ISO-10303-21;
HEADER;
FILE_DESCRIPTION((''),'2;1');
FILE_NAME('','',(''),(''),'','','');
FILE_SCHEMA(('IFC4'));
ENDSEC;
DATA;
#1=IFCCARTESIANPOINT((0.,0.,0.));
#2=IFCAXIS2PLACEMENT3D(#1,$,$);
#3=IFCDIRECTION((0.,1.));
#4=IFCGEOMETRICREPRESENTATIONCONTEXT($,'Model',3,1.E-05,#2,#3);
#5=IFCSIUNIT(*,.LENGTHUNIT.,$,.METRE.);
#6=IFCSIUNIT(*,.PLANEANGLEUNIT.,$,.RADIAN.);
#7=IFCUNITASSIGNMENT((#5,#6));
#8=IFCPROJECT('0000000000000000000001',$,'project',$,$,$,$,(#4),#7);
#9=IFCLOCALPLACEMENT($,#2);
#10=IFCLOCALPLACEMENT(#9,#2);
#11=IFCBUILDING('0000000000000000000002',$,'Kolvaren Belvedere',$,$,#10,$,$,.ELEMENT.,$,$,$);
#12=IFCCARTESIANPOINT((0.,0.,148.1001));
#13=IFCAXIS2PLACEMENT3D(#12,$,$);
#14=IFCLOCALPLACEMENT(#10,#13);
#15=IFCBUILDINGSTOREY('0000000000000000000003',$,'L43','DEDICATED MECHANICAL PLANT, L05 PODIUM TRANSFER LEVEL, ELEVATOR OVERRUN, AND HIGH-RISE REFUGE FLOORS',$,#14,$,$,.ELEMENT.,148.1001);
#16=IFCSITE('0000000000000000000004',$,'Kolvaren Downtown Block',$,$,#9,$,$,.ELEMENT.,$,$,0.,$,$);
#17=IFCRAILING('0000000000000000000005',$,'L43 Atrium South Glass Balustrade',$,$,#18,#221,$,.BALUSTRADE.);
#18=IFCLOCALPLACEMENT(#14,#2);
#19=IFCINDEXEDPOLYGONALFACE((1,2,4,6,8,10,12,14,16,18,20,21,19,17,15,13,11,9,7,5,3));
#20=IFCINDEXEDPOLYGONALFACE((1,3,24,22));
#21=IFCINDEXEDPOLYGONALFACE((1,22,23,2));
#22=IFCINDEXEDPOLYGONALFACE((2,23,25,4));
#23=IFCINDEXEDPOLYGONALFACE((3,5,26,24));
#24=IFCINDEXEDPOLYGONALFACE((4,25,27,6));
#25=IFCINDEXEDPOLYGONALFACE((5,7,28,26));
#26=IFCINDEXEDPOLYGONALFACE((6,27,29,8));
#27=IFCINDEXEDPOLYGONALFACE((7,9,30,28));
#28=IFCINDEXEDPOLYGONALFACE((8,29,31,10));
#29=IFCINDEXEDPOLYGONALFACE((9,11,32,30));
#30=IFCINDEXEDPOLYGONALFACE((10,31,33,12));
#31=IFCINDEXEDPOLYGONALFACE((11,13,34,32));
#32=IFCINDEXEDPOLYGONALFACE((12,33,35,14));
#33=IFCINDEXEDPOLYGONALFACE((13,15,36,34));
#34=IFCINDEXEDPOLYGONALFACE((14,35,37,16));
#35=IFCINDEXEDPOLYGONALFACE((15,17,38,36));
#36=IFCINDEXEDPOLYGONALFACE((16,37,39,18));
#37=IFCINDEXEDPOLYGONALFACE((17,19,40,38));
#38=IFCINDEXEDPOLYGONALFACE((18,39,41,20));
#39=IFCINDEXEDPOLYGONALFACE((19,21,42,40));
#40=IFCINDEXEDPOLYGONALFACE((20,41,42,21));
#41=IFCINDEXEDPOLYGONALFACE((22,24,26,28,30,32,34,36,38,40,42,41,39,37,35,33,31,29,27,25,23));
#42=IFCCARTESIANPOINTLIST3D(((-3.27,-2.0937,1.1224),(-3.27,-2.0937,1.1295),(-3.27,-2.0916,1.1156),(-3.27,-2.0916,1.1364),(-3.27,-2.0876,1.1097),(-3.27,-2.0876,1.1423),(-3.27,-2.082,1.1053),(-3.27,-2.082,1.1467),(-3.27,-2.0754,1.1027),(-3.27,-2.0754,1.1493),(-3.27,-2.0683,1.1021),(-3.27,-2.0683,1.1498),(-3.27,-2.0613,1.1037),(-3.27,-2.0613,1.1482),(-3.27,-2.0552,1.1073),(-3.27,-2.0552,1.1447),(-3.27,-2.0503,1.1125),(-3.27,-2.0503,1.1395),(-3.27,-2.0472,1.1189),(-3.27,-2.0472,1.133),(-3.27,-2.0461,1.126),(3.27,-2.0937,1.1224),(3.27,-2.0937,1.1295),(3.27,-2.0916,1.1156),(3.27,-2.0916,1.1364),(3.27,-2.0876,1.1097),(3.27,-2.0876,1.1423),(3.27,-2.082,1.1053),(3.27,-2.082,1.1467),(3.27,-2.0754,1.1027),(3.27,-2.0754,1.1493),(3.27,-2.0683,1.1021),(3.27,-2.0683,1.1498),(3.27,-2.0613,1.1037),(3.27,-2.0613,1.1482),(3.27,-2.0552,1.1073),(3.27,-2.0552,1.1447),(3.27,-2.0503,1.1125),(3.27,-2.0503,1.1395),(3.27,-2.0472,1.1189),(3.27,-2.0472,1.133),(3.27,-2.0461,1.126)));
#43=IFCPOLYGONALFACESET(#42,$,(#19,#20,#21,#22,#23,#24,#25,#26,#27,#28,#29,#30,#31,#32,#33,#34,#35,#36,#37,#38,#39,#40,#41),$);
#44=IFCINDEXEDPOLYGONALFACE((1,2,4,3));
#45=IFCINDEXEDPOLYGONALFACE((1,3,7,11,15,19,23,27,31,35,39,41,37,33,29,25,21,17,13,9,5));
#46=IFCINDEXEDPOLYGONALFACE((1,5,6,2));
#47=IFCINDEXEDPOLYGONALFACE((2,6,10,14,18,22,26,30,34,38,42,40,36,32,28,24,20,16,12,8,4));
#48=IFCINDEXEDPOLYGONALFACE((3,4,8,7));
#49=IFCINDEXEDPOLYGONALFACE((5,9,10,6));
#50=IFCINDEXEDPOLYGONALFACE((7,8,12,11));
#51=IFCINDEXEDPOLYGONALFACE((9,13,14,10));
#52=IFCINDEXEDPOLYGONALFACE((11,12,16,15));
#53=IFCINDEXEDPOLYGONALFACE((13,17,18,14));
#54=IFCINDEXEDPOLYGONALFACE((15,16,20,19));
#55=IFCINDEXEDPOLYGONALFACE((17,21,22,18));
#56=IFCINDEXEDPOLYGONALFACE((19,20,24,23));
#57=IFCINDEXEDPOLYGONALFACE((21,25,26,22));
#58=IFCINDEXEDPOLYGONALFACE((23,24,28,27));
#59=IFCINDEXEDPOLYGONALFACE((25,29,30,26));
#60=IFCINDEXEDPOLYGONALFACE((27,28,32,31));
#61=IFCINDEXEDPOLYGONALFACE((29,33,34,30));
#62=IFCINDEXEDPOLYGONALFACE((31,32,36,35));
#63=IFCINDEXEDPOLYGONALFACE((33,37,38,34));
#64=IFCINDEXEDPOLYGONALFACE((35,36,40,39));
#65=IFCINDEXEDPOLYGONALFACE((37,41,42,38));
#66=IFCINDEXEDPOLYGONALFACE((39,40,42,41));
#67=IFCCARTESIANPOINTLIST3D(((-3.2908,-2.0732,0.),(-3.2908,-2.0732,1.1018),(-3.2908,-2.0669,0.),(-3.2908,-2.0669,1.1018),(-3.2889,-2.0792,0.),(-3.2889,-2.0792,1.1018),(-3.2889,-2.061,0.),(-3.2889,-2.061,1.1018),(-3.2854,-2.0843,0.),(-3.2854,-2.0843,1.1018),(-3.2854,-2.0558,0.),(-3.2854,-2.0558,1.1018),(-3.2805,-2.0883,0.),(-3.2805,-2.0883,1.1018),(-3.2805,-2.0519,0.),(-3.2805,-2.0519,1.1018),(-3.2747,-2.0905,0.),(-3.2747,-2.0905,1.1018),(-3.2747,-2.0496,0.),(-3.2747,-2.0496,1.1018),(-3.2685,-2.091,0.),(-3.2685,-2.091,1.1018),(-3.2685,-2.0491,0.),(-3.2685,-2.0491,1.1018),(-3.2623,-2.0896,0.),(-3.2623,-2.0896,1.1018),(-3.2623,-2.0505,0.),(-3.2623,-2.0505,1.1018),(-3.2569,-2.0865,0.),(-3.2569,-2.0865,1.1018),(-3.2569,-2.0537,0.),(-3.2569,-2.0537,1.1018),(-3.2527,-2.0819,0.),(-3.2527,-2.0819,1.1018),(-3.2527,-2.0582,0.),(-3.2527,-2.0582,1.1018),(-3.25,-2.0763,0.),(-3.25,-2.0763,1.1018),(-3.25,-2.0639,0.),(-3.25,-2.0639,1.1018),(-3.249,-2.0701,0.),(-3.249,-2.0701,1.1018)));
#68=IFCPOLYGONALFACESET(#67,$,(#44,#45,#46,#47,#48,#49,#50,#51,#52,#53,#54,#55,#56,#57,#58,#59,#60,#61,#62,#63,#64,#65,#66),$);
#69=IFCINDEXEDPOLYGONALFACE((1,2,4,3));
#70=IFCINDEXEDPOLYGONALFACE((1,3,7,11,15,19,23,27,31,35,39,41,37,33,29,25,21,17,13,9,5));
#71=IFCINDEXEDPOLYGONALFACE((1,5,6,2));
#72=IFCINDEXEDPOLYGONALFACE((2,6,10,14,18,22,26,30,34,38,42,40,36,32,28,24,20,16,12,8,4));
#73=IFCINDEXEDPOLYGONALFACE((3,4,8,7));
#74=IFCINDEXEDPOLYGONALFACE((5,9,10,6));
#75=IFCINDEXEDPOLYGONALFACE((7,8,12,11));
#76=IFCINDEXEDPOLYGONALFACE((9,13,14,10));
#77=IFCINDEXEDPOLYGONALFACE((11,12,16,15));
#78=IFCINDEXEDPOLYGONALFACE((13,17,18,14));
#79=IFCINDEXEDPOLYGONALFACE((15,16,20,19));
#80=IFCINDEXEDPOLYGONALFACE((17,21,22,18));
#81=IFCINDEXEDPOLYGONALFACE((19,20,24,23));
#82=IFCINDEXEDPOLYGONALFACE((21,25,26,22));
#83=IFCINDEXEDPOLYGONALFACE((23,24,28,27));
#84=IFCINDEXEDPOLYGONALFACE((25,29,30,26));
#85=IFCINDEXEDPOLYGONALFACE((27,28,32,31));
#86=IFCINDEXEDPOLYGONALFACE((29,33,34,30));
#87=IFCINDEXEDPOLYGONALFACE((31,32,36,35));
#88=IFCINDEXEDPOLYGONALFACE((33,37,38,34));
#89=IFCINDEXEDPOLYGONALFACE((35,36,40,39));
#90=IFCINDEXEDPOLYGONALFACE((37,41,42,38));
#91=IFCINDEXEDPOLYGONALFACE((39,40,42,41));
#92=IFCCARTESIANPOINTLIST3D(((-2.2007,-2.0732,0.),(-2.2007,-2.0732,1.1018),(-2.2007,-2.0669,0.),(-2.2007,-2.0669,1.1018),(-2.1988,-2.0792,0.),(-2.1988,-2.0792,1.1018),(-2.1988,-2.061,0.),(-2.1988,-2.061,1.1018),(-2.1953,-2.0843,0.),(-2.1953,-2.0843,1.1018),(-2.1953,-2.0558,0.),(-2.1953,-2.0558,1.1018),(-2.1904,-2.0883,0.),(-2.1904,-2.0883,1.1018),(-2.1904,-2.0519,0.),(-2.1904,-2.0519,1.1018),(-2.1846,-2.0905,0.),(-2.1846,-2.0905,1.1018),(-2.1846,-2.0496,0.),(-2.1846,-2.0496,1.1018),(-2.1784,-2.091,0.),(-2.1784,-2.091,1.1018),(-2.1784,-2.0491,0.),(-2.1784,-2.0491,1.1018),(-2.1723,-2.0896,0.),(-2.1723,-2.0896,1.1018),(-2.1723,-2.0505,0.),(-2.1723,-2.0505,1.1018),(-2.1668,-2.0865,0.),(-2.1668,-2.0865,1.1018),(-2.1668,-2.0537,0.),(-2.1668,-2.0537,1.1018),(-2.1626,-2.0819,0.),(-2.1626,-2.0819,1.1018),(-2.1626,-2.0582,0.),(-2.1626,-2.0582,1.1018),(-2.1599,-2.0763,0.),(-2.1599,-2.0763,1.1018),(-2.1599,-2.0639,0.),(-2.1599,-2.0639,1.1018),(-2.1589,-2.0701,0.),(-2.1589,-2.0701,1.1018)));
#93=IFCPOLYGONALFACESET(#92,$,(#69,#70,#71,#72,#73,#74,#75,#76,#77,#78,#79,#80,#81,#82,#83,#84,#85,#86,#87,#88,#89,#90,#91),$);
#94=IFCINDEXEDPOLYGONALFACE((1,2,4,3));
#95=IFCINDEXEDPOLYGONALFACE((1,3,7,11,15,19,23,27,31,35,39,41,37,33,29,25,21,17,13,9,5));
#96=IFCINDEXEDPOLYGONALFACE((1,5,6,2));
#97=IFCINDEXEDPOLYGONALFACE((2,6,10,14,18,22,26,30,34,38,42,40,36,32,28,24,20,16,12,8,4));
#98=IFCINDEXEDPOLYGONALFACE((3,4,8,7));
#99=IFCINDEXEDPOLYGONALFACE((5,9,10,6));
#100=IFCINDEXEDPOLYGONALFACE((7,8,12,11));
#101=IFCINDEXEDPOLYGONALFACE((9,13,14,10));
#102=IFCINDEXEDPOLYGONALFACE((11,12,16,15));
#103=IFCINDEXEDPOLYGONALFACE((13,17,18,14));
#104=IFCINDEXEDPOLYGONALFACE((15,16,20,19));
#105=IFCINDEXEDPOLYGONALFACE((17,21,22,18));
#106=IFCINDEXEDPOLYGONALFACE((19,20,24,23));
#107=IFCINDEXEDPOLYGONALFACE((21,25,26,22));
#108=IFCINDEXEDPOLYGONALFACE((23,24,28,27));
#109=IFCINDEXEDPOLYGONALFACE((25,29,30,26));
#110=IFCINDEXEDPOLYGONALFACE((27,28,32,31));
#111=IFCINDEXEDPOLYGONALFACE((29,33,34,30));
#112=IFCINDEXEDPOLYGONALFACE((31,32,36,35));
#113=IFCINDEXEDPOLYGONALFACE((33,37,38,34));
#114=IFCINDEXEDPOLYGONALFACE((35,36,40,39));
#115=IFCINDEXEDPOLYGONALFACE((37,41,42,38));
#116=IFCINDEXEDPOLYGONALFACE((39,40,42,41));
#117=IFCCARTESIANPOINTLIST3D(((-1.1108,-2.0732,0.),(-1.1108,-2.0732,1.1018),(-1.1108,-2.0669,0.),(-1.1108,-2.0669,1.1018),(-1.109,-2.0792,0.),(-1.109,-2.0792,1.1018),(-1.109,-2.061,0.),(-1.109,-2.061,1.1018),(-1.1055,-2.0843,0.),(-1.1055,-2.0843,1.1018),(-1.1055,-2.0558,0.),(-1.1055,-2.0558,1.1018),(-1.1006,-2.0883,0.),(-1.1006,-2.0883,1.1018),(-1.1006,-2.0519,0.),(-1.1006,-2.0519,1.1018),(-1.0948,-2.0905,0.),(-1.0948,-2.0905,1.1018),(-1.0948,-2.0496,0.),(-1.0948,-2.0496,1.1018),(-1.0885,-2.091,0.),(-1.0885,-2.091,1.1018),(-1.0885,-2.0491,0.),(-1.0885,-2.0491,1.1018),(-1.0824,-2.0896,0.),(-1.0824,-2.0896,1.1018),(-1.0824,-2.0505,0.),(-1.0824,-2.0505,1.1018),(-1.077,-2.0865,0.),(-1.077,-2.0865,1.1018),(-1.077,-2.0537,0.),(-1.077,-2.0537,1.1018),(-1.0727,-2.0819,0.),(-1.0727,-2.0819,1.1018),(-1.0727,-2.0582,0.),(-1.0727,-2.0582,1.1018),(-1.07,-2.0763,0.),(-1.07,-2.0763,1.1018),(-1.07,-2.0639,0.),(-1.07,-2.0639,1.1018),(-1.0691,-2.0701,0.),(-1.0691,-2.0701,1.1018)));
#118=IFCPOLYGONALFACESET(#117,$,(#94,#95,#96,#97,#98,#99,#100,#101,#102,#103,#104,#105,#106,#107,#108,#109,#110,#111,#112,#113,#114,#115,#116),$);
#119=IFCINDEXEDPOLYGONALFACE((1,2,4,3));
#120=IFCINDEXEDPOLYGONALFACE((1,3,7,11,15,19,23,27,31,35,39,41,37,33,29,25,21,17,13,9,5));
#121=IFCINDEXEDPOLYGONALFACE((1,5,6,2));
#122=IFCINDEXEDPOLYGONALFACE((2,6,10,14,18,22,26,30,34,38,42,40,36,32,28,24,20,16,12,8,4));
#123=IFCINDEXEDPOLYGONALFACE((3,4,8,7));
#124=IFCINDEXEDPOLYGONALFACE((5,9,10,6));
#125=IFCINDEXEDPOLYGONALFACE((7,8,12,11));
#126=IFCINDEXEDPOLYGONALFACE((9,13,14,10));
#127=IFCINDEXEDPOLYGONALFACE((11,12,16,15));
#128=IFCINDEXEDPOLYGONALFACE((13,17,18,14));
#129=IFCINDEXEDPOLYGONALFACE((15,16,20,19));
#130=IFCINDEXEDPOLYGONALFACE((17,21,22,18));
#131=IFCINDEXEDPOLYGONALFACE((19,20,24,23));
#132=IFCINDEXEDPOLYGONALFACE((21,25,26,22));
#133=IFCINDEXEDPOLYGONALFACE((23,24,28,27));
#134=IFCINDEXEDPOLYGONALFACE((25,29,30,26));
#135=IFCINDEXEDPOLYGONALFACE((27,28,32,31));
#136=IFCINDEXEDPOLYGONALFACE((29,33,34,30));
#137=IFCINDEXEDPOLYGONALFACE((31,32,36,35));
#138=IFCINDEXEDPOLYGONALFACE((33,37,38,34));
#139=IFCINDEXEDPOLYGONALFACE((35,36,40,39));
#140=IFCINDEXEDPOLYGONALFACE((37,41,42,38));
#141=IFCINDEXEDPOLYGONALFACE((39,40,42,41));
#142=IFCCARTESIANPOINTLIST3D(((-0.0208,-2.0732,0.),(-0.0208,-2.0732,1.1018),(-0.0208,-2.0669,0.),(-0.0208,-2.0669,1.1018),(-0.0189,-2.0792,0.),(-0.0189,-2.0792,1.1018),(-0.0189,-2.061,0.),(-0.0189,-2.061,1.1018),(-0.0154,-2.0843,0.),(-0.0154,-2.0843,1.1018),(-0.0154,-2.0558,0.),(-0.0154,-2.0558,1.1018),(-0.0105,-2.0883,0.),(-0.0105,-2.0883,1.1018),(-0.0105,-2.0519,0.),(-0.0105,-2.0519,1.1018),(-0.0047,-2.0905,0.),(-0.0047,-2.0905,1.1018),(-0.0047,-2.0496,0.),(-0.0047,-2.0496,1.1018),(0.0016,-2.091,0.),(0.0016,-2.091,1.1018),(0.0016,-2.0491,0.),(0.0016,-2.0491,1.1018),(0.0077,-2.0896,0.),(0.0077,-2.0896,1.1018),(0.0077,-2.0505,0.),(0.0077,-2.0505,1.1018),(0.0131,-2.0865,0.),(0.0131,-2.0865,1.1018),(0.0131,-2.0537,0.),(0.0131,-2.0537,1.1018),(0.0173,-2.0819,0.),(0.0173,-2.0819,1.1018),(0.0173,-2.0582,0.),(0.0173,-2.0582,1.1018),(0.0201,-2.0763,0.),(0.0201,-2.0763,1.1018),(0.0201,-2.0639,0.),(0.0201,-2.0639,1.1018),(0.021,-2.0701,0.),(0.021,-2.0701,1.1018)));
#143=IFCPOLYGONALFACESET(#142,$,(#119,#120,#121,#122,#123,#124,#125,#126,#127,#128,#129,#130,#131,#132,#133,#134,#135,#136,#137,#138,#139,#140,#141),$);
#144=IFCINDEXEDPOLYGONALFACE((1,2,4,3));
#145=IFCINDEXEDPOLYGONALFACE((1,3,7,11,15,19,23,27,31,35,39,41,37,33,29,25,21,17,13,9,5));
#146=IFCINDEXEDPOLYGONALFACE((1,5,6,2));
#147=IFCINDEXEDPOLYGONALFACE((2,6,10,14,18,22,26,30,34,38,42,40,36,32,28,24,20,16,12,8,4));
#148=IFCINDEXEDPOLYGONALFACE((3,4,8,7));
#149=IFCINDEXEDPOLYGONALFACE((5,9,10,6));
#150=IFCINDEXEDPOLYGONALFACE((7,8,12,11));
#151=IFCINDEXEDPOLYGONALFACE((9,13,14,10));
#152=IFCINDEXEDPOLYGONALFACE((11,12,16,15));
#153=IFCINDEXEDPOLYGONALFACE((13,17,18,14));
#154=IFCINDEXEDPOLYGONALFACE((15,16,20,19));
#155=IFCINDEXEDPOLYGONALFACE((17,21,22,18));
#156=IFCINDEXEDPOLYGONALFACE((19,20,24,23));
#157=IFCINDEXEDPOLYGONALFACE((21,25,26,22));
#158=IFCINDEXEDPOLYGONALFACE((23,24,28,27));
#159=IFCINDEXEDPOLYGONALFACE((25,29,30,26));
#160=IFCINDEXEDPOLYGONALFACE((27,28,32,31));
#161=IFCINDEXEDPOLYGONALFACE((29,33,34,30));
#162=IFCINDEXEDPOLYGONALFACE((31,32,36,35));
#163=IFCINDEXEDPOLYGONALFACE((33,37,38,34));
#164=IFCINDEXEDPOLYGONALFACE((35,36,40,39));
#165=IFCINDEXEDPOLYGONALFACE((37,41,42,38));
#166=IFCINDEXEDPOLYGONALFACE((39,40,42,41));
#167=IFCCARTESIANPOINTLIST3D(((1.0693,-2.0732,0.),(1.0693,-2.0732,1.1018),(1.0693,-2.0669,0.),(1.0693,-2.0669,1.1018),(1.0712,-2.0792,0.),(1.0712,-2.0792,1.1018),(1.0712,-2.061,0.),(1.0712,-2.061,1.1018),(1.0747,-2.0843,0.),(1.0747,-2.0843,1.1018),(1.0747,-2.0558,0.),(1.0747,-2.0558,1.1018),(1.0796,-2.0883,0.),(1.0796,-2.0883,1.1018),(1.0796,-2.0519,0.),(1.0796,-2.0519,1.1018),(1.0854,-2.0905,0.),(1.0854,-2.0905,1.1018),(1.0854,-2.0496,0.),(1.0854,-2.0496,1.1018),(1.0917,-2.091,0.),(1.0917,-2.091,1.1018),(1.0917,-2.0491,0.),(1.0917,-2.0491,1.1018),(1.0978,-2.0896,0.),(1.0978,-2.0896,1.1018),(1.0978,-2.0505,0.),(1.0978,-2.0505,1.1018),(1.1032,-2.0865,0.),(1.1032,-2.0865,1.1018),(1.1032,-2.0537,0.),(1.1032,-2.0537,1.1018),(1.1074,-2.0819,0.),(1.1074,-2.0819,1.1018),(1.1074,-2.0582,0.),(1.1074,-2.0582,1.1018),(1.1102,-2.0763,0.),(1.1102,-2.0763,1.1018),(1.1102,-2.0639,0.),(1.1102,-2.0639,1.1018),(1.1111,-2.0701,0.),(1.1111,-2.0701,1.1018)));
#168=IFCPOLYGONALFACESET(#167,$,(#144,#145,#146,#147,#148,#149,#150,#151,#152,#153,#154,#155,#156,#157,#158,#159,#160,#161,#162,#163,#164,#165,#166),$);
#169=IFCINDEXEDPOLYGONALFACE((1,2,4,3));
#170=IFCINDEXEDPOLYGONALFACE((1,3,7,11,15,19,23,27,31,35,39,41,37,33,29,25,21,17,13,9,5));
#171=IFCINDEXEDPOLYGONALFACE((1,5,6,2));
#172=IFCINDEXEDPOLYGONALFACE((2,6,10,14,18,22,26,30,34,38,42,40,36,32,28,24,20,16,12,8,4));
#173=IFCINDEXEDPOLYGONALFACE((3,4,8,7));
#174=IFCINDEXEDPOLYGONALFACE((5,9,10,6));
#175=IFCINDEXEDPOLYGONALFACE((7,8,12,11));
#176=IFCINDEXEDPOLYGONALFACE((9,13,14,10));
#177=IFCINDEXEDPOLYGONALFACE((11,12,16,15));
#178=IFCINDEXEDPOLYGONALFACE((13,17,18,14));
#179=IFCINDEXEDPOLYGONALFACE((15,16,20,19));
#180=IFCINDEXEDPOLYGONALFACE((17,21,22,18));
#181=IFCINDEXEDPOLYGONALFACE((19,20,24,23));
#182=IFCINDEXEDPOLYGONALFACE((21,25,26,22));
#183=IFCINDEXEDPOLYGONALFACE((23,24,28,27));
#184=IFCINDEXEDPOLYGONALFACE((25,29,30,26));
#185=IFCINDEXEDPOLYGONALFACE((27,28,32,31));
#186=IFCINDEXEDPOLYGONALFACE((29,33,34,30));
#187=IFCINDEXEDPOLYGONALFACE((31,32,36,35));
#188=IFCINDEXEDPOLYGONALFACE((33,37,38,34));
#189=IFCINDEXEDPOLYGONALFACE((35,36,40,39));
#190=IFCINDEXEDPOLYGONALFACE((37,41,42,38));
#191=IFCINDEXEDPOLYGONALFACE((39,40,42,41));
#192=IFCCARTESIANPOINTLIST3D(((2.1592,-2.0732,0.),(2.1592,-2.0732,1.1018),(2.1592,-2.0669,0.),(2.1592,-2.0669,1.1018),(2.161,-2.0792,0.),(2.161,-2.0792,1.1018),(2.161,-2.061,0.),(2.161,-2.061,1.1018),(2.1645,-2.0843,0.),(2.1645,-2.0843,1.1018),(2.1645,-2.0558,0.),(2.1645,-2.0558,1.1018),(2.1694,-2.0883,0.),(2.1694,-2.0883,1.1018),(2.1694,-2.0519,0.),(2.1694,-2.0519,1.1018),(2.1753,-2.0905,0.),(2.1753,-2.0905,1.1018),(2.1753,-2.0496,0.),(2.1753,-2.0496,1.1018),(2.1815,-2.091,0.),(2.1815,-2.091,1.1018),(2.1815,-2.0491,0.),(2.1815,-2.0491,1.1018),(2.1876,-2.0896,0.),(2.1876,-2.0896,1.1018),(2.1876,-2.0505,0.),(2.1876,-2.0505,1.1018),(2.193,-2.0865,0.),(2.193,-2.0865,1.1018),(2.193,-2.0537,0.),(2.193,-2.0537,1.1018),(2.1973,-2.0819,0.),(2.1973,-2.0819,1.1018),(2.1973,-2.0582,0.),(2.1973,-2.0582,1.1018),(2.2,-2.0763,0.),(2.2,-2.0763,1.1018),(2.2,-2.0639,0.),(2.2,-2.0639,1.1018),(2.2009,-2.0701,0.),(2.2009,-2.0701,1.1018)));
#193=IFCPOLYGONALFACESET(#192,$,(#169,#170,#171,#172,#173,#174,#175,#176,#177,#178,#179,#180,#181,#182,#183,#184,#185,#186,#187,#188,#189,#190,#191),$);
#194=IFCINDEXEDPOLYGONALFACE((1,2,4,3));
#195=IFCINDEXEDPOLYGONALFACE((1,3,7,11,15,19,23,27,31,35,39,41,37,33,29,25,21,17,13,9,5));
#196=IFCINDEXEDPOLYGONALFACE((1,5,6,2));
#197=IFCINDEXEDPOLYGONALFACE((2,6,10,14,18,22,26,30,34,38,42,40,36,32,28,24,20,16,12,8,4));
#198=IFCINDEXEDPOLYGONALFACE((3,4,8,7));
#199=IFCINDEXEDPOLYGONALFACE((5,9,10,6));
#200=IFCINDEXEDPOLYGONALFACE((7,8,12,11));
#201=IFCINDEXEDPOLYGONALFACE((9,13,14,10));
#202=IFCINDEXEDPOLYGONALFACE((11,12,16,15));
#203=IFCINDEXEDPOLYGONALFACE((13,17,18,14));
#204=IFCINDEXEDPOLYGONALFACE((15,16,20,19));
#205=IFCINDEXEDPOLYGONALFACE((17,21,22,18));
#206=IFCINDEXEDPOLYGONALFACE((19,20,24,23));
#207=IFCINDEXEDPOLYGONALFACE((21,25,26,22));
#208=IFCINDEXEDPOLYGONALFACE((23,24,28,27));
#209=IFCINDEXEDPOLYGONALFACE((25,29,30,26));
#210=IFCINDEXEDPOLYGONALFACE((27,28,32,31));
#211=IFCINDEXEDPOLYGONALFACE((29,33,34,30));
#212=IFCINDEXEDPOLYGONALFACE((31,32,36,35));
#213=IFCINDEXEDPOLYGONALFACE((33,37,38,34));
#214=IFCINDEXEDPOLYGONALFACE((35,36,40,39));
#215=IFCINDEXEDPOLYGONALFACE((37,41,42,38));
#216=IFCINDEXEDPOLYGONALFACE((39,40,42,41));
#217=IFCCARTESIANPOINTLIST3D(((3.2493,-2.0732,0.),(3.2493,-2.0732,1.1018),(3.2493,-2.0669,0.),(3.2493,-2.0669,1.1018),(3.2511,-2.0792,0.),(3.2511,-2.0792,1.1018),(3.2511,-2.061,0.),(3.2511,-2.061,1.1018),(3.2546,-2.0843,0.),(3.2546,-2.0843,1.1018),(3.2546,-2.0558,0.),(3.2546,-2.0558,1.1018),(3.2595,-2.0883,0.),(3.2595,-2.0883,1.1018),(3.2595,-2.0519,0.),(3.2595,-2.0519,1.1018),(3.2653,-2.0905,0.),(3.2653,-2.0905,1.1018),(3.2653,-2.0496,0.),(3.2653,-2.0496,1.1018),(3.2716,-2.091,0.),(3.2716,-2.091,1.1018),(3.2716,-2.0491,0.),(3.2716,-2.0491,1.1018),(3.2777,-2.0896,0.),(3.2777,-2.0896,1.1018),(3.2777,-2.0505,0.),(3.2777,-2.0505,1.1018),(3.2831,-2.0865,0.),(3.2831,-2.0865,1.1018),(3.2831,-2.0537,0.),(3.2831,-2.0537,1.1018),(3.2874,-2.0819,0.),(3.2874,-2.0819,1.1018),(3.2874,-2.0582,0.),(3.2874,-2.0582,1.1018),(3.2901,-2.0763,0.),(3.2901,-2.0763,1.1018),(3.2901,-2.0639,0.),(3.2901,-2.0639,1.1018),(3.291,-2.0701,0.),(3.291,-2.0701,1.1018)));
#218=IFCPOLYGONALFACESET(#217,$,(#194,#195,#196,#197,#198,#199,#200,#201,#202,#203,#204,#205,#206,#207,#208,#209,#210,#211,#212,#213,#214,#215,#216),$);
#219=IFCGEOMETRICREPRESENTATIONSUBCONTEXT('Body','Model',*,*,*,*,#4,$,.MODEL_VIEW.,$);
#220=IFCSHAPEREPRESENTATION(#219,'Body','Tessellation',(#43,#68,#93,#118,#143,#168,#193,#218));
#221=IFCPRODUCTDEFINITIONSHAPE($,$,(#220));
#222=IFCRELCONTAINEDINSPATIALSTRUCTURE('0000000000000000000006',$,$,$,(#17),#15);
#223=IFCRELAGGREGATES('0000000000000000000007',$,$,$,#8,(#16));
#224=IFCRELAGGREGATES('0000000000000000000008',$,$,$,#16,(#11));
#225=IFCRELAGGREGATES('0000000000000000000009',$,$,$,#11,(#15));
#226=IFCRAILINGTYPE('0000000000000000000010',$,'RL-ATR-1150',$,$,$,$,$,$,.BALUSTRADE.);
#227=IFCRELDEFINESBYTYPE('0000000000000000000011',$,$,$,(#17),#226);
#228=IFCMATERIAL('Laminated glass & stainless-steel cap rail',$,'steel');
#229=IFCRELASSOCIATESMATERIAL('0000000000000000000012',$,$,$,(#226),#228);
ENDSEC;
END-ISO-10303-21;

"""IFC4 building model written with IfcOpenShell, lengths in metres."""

from ifc_helpers import new_model, si_unit, direction, frame, origin, origin_2d, place, context, subcontext, project, spatial, circle, extrude, material, type_object, element, save


model = new_model("IFC4")

# Units and contexts
model_context = context("Model", 3, precision=1e-05, world=origin(), true_north=direction((0.0, 1.0)))
body_context = subcontext(model_context, "Body", "Model", "MODEL_VIEW")
ifc_project = project(units=[si_unit("LENGTHUNIT", "METRE"), si_unit("PLANEANGLEUNIT", "RADIAN")], contexts=[model_context])

# Site, building, storey
site_placement = place(None, origin())
site = spatial("IfcSite", under=ifc_project, at=site_placement, Name="Kolvaren Downtown Block", CompositionType="ELEMENT", RefElevation=0.0)
building_placement = place(site_placement, origin())
building = spatial("IfcBuilding", under=site, at=building_placement, Name="Kolvaren Belvedere", CompositionType="ELEMENT")
storey_placement = place(building_placement, frame((0.0, 0.0, 148.1001)))
storey = spatial("IfcBuildingStorey", under=building, at=storey_placement, Name="L43", Description="DEDICATED MECHANICAL PLANT, L05 PODIUM TRANSFER LEVEL, ELEVATOR OVERRUN, AND HIGH-RISE REFUGE FLOORS", CompositionType="ELEMENT", Elevation=148.1001)

# Railing
ifc_material_1 = material(Name="Laminated glass & stainless-steel cap rail", Category="steel")
railing_type_1 = type_object("IfcRailingType", Name="RL-ATR-1150", PredefinedType="BALUSTRADE", material=ifc_material_1)
railing_1_placement = place(storey_placement, frame((-3.27, -2.0701, 0.0)))
element("IfcRailing", 1, at=railing_1_placement, inside=storey, type_object=railing_type_1, Name="L43 Atrium South Glass Balustrade", PredefinedType="BALUSTRADE", context=body_context, shape_type="SweptSolid", body=[
    extrude(circle(Radius=0.0239, at=origin_2d()), frame((0.0, 0.0, 1.126), z_axis=(1.0, 0.0, 0.0), x_axis=(0.0, 1.0, 0.0)), (0.0, 0.0, 1.0), 6.54),
    extrude(circle(Radius=0.021, at=origin_2d()), origin(), (0.0, 0.0, 1.0), 1.1018),
    extrude(circle(Radius=0.021, at=origin_2d()), frame((1.0901, 0.0, 0.0)), (0.0, 0.0, 1.0), 1.1018),
    extrude(circle(Radius=0.021, at=origin_2d()), frame((2.1799, 0.0, 0.0)), (0.0, 0.0, 1.0), 1.1018),
    extrude(circle(Radius=0.021, at=origin_2d()), frame((3.27, 0.0, 0.0)), (0.0, 0.0, 1.0), 1.1018),
    extrude(circle(Radius=0.021, at=origin_2d()), frame((4.3601, 0.0, 0.0)), (0.0, 0.0, 1.0), 1.1018),
    extrude(circle(Radius=0.021, at=origin_2d()), frame((5.45, 0.0, 0.0)), (0.0, 0.0, 1.0), 1.1018),
    extrude(circle(Radius=0.021, at=origin_2d()), frame((6.54, 0.0, 0.0)), (0.0, 0.0, 1.0), 1.1018),
])

save(model, "model.ifc")
